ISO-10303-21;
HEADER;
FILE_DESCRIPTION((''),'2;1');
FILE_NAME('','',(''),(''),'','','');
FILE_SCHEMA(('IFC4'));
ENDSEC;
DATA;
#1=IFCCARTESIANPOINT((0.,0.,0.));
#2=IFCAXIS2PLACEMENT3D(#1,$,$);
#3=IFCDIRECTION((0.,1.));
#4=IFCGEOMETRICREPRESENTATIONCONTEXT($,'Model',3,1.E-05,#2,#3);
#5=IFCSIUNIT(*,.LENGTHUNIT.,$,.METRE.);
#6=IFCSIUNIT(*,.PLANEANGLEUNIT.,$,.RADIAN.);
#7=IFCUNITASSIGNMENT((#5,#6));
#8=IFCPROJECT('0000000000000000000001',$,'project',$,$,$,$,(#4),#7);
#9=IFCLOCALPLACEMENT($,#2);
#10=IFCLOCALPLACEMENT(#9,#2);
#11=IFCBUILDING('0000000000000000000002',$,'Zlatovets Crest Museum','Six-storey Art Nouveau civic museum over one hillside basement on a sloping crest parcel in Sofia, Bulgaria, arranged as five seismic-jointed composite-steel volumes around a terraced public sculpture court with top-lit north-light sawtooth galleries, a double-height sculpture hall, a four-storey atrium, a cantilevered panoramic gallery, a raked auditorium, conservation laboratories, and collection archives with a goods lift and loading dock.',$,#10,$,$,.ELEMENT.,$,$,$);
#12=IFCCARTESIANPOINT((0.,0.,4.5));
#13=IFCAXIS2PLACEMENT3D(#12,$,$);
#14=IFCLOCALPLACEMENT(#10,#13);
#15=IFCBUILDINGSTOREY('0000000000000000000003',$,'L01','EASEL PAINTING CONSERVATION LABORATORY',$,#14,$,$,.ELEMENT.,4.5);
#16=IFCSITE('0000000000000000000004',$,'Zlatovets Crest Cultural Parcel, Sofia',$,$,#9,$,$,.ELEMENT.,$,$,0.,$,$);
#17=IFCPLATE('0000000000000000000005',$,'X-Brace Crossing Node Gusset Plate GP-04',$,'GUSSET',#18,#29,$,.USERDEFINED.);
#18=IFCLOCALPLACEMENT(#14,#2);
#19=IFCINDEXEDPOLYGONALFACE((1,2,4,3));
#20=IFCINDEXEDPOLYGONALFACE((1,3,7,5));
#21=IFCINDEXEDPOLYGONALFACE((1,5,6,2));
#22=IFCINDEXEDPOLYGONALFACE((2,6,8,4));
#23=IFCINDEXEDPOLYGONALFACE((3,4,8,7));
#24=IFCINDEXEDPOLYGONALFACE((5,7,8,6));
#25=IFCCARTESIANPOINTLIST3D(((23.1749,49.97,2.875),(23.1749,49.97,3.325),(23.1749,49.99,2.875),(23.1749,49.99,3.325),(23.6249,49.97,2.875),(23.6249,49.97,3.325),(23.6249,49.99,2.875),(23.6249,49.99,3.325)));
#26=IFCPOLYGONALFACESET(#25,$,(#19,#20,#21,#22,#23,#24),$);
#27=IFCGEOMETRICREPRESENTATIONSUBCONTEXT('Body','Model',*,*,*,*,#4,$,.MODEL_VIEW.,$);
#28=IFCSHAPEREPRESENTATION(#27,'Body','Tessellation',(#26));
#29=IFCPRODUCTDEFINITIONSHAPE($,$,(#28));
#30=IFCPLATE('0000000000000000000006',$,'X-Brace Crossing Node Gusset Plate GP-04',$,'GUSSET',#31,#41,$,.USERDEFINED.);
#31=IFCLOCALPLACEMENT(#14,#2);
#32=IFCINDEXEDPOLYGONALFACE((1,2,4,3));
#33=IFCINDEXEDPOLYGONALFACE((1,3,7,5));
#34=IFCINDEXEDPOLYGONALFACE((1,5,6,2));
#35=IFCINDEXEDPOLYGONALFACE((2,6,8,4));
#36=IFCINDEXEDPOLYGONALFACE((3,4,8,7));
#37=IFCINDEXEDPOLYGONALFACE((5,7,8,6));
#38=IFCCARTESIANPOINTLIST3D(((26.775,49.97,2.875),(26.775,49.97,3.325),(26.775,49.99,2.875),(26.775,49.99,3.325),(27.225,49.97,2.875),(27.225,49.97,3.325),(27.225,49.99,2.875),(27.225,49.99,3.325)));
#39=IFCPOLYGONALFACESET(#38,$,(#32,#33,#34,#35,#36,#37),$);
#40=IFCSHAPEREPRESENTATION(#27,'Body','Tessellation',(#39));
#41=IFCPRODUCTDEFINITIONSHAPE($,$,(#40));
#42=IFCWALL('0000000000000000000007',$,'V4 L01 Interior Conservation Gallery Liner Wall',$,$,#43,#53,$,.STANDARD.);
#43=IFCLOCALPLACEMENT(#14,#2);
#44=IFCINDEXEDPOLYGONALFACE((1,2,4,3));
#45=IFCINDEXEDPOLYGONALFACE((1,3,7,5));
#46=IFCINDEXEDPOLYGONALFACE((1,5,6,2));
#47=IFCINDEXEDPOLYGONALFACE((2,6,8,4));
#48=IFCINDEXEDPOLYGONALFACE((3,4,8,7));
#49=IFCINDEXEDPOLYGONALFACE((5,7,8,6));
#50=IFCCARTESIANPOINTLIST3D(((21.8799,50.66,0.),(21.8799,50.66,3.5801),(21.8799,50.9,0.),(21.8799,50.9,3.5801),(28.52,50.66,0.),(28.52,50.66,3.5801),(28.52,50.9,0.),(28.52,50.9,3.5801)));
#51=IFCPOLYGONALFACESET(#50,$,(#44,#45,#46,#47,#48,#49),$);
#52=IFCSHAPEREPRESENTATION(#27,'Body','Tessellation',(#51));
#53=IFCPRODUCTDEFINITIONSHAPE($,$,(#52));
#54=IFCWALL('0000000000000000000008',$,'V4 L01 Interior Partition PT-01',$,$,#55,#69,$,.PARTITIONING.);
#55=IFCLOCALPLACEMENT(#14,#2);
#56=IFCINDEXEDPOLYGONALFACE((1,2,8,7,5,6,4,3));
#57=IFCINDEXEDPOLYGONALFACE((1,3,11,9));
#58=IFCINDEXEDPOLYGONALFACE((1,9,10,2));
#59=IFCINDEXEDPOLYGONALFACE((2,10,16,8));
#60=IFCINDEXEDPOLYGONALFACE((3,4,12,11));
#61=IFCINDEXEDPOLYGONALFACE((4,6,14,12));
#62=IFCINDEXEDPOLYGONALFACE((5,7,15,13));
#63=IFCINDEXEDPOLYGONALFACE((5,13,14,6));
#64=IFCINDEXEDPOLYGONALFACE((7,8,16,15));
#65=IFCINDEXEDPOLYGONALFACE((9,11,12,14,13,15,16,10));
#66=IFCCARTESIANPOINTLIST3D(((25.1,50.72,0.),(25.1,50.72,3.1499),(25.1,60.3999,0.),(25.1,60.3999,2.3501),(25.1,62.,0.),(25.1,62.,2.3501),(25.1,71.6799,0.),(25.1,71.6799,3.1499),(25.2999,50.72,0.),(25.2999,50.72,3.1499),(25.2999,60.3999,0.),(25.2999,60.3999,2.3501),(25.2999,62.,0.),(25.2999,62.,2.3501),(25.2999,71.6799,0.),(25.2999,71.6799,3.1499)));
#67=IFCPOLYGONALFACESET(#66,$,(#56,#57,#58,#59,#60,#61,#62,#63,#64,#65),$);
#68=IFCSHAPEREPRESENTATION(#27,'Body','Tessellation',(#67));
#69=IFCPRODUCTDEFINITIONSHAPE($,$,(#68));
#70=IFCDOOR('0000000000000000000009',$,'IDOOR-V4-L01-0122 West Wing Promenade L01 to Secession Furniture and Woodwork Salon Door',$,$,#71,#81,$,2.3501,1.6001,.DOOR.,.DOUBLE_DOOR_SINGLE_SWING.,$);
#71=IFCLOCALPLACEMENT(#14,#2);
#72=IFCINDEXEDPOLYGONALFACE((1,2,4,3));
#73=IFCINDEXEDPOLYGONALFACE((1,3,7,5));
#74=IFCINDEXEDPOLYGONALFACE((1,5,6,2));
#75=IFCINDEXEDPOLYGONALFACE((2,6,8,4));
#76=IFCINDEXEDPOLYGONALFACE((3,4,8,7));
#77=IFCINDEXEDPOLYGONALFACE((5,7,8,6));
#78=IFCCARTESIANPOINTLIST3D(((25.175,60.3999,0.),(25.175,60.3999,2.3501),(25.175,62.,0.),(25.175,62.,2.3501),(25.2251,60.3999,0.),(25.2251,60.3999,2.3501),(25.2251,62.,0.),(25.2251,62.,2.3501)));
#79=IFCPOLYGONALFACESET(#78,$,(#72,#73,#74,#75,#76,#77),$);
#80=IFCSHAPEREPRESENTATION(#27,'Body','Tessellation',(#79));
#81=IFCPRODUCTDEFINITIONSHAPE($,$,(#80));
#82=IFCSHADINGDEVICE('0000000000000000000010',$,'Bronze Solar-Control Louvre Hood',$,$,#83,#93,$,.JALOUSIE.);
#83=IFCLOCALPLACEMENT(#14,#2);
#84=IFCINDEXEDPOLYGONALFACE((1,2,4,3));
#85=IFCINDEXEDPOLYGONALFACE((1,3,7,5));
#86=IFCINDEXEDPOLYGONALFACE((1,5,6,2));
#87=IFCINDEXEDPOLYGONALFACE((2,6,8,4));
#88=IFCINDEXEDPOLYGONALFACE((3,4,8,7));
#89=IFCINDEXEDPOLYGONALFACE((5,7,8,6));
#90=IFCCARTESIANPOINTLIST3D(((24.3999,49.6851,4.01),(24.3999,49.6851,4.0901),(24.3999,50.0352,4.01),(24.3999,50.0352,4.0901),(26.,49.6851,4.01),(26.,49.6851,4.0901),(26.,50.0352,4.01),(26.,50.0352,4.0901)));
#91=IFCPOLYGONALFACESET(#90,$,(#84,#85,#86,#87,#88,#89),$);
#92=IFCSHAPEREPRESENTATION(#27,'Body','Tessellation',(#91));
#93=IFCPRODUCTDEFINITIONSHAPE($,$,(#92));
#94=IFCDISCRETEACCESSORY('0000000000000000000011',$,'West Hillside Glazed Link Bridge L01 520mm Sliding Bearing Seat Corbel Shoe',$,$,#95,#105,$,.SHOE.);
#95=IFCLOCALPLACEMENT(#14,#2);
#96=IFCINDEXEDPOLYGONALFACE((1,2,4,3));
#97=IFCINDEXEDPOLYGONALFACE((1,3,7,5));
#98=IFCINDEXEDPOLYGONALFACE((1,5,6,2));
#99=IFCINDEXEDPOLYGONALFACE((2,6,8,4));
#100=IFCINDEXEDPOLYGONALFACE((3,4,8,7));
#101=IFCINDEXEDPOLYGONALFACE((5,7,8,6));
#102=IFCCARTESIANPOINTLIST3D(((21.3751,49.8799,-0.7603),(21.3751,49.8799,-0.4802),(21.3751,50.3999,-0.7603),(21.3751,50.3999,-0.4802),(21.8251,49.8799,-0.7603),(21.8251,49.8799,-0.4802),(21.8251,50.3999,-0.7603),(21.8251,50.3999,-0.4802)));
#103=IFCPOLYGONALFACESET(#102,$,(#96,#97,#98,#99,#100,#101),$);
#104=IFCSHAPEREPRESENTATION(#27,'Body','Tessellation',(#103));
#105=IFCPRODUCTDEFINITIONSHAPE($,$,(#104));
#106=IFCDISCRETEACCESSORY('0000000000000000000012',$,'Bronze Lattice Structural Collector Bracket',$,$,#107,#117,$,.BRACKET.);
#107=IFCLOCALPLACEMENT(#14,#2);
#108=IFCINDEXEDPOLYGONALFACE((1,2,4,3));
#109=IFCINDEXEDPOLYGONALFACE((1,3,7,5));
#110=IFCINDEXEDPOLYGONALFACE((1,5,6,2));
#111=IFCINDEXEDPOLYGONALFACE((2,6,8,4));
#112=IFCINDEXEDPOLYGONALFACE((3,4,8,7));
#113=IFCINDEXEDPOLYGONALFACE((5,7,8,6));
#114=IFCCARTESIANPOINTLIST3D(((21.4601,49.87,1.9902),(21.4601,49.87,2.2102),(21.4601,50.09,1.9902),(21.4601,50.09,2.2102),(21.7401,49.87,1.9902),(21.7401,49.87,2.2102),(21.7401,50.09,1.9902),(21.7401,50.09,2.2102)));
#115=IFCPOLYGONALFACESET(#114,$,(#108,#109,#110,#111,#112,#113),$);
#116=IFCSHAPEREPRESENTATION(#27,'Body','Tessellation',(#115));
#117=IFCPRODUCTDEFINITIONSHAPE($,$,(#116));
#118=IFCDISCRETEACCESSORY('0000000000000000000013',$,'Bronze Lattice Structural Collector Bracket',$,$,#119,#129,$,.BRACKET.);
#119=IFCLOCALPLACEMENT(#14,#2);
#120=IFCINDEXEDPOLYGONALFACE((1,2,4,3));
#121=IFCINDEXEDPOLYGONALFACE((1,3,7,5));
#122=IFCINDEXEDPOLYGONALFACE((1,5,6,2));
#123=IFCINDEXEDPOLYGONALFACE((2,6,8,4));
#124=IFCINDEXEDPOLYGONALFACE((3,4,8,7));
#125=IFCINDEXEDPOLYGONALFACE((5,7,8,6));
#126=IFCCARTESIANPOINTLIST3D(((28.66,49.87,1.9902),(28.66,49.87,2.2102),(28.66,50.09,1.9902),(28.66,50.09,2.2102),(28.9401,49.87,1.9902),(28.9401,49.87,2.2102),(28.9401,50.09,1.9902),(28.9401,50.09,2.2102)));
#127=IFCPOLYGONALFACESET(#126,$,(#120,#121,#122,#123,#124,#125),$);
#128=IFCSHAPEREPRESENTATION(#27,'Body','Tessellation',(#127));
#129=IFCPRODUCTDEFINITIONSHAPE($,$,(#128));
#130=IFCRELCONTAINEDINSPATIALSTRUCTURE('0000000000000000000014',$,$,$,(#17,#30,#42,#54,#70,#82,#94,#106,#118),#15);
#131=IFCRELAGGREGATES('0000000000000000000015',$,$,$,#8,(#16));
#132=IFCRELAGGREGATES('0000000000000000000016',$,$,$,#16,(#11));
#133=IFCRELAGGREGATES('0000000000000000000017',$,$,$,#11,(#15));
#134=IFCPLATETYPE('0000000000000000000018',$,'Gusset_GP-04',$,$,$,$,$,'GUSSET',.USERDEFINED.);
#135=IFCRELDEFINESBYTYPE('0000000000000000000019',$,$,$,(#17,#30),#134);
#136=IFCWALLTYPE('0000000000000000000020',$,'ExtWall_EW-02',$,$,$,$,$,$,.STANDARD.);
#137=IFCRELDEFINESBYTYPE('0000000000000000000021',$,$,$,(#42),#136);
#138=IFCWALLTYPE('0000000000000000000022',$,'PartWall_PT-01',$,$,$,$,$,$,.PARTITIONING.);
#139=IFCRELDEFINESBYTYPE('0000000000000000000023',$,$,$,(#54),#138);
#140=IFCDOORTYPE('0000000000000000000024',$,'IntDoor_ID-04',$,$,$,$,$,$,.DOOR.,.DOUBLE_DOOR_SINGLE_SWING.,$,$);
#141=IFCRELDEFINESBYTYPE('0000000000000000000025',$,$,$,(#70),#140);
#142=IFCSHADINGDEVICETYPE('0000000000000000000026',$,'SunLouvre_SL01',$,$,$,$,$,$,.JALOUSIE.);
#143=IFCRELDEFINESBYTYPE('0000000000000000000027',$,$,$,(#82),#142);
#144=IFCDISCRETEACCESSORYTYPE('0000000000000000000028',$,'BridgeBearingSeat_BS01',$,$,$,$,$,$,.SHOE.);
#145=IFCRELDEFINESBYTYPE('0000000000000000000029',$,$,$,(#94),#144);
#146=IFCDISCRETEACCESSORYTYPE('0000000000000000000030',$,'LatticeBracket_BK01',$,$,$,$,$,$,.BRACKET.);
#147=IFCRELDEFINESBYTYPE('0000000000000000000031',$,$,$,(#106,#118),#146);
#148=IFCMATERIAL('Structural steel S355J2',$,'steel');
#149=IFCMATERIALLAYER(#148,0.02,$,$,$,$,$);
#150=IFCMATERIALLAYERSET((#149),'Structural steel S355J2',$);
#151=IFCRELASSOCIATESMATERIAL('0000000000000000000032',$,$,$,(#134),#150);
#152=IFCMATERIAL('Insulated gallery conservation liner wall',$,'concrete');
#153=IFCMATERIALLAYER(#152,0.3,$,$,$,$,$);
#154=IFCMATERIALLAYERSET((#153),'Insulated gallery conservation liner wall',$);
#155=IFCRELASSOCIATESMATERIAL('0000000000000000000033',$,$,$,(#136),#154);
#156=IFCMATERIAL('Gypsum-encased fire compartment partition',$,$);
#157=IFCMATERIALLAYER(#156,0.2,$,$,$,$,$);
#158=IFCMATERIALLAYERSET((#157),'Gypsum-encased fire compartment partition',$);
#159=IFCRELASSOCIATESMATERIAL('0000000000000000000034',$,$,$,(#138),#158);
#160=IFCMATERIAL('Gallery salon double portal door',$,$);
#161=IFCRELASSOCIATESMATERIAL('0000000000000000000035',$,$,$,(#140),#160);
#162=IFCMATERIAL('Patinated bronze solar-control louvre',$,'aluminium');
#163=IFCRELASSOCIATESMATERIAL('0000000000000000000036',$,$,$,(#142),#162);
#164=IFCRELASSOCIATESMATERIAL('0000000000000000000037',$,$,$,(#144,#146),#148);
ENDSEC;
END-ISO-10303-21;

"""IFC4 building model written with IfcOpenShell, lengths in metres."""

from ifc_helpers import new_model, si_unit, direction, frame, frame_2d, origin, origin_2d, place, context, subcontext, project, spatial, rectangle, extrude, material, layer, layer_set, type_object, element, fill, save


model = new_model("IFC4")

# Units and contexts
model_context = context("Model", 3, precision=1e-05, world=origin(), true_north=direction((0.0, 1.0)))
body_context = subcontext(model_context, "Body", "Model", "MODEL_VIEW")
ifc_project = project(units=[si_unit("LENGTHUNIT", "METRE"), si_unit("PLANEANGLEUNIT", "RADIAN")], contexts=[model_context])

# Site, building, storey
site_placement = place(None, origin())
site = spatial("IfcSite", under=ifc_project, at=site_placement, Name="Zlatovets Crest Cultural Parcel, Sofia", CompositionType="ELEMENT", RefElevation=0.0)
building_placement = place(site_placement, origin())
building = spatial("IfcBuilding", under=site, at=building_placement, Name="Zlatovets Crest Museum", Description="Six-storey Art Nouveau civic museum over one hillside basement on a sloping crest parcel in Sofia, Bulgaria, arranged as five seismic-jointed composite-steel volumes around a terraced public sculpture court with top-lit north-light sawtooth galleries, a double-height sculpture hall, a four-storey atrium, a cantilevered panoramic gallery, a raked auditorium, conservation laboratories, and collection archives with a goods lift and loading dock.", CompositionType="ELEMENT")
storey_placement = place(building_placement, frame((0.0, 0.0, 4.5)))
storey = spatial("IfcBuildingStorey", under=building, at=storey_placement, Name="L01", Description="EASEL PAINTING CONSERVATION LABORATORY", CompositionType="ELEMENT", Elevation=4.5)

# Shared definitions
ifc_material_1 = material(Name="Structural steel S355J2", Category="steel")

# Plates
ifc_layer_1 = layer(ifc_material_1, 0.02)
ifc_layer_set_1 = layer_set([ifc_layer_1], Name="Structural steel S355J2")
plate_type_1 = type_object("IfcPlateType", Name="Gusset_GP-04", ElementType="GUSSET", PredefinedType="USERDEFINED", material=ifc_layer_set_1)
for number, where, z_axis, x_axis, name in (
    (1, (23.3999, 49.98, 2.875), (0.0, 0.0, 1.0), (1.0, 0.0, 0.0), "X-Brace Crossing Node Gusset Plate GP-04"),
    (2, (27.0, 49.98, 2.875), (0.0, 0.0, 1.0), (1.0, 0.0, 0.0), "X-Brace Crossing Node Gusset Plate GP-04"),
):
    element("IfcPlate", number, at=place(storey_placement, frame(where, z_axis=z_axis, x_axis=x_axis)), inside=storey, type_object=plate_type_1, Name=name, ObjectType="GUSSET", PredefinedType="USERDEFINED", context=body_context, shape_type="SweptSolid", body=[
        extrude(rectangle(XDim=0.45, YDim=0.02, at=origin_2d()), origin(), (0.0, 0.0, 1.0), 0.45),
    ])

# Wall
ifc_material_2 = material(Name="Insulated gallery conservation liner wall", Category="concrete")
ifc_layer_2 = layer(ifc_material_2, 0.3)
ifc_layer_set_2 = layer_set([ifc_layer_2], Name="Insulated gallery conservation liner wall")
wall_type_1 = type_object("IfcWallType", Name="ExtWall_EW-02", PredefinedType="STANDARD", material=ifc_layer_set_2)
wall_1_placement = place(storey_placement, frame((21.8799, 50.78, 0.0), z_axis=(0.0, 0.0, 1.0), x_axis=(1.0, 0.0, 0.0)))
element("IfcWall", 3, at=wall_1_placement, inside=storey, type_object=wall_type_1, Name="V4 L01 Interior Conservation Gallery Liner Wall", PredefinedType="STANDARD", context=body_context, shape_type="SweptSolid", body=[
    extrude(rectangle(XDim=6.6401, YDim=0.24, at=frame_2d((3.3201, 0.0))), origin(), (0.0, 0.0, 1.0), 3.5801),
])

# Wall, opening, door
ifc_material_3 = material(Name="Gypsum-encased fire compartment partition")
ifc_layer_3 = layer(ifc_material_3, 0.2)
ifc_layer_set_3 = layer_set([ifc_layer_3], Name="Gypsum-encased fire compartment partition")
wall_type_2 = type_object("IfcWallType", Name="PartWall_PT-01", PredefinedType="PARTITIONING", material=ifc_layer_set_3)
wall_2_placement = place(storey_placement, frame((25.2, 50.72, 0.0), z_axis=(0.0, 0.0, 1.0), x_axis=(0.0, 1.0, 0.0)))
wall_2 = element("IfcWall", 4, at=wall_2_placement, inside=storey, type_object=wall_type_2, Name="V4 L01 Interior Partition PT-01", PredefinedType="PARTITIONING", context=body_context, shape_type="SweptSolid", body=[
    extrude(rectangle(XDim=20.96, YDim=0.2, at=frame_2d((10.48, 0.0))), origin(), (0.0, 0.0, 1.0), 3.1499),
])
opening_placement = place(wall_2_placement, frame((9.6799, 0.0, 0.0)))
opening = element("IfcOpeningElement", 5, at=opening_placement, cuts=wall_2, PredefinedType="OPENING", context=body_context, shape_type="SweptSolid", body=[
    extrude(rectangle(XDim=1.6001, YDim=2.3501, at=frame_2d((0.8, 1.175))), frame((0.0, 0.1099, 0.0), z_axis=(0.0, -1.0, 0.0), x_axis=(1.0, 0.0, 0.0)), (0.0, 0.0, 1.0), 0.22),
])
ifc_material_4 = material(Name="Gallery salon double portal door")
door_type = type_object("IfcDoorType", Name="IntDoor_ID-04", OperationType="DOUBLE_DOOR_SINGLE_SWING", PredefinedType="DOOR", material=ifc_material_4)
door_placement = place(opening_placement, origin())
door = element("IfcDoor", 6, at=door_placement, inside=storey, type_object=door_type, Name="IDOOR-V4-L01-0122 West Wing Promenade L01 to Secession Furniture and Woodwork Salon Door", OperationType="DOUBLE_DOOR_SINGLE_SWING", OverallHeight=2.3501, OverallWidth=1.6001, PredefinedType="DOOR", context=body_context, shape_type="SweptSolid", body=[
    extrude(rectangle(XDim=1.6001, YDim=2.3501, at=frame_2d((0.8, 1.175))), frame((0.0, 0.0249, 0.0), z_axis=(0.0, -1.0, 0.0), x_axis=(1.0, 0.0, 0.0)), (0.0, 0.0, 1.0), 0.05),
])
fill(opening, door)

# Shading device
ifc_material_5 = material(Name="Patinated bronze solar-control louvre", Category="aluminium")
shading_device_type = type_object("IfcShadingDeviceType", Name="SunLouvre_SL01", PredefinedType="JALOUSIE", material=ifc_material_5)
shading_device_placement = place(storey_placement, frame((25.2, 49.8601, 4.01), z_axis=(0.0, 0.0, 1.0), x_axis=(1.0, 0.0, 0.0)))
element("IfcShadingDevice", 7, at=shading_device_placement, inside=storey, type_object=shading_device_type, Name="Bronze Solar-Control Louvre Hood", PredefinedType="JALOUSIE", context=body_context, shape_type="SweptSolid", body=[
    extrude(rectangle(XDim=1.6001, YDim=0.3501, at=origin_2d()), origin(), (0.0, 0.0, 1.0), 0.0801),
])

# Discrete accessories
discrete_accessory_type_1 = type_object("IfcDiscreteAccessoryType", Name="BridgeBearingSeat_BS01", PredefinedType="SHOE", material=ifc_material_1)
discrete_accessory_placement = place(storey_placement, frame((21.6001, 50.1399, -0.7603), z_axis=(0.0, 0.0, 1.0), x_axis=(1.0, 0.0, 0.0)))
element("IfcDiscreteAccessory", 8, at=discrete_accessory_placement, inside=storey, type_object=discrete_accessory_type_1, Name="West Hillside Glazed Link Bridge L01 520mm Sliding Bearing Seat Corbel Shoe", PredefinedType="SHOE", context=body_context, shape_type="SweptSolid", body=[
    extrude(rectangle(XDim=0.45, YDim=0.52, at=origin_2d()), origin(), (0.0, 0.0, 1.0), 0.28),
])
discrete_accessory_type_2 = type_object("IfcDiscreteAccessoryType", Name="LatticeBracket_BK01", PredefinedType="BRACKET", material=ifc_material_1)
for number, where, z_axis, x_axis, name in (
    (9, (21.6001, 49.98, 1.9902), (0.0, 0.0, 1.0), (1.0, 0.0, 0.0), "Bronze Lattice Structural Collector Bracket"),
    (10, (28.8, 49.98, 1.9902), (0.0, 0.0, 1.0), (1.0, 0.0, 0.0), "Bronze Lattice Structural Collector Bracket"),
):
    element("IfcDiscreteAccessory", number, at=place(storey_placement, frame(where, z_axis=z_axis, x_axis=x_axis)), inside=storey, type_object=discrete_accessory_type_2, Name=name, PredefinedType="BRACKET", context=body_context, shape_type="SweptSolid", body=[
        extrude(rectangle(XDim=0.28, YDim=0.22, at=origin_2d()), origin(), (0.0, 0.0, 1.0), 0.22),
    ])

save(model, "model.ifc")
